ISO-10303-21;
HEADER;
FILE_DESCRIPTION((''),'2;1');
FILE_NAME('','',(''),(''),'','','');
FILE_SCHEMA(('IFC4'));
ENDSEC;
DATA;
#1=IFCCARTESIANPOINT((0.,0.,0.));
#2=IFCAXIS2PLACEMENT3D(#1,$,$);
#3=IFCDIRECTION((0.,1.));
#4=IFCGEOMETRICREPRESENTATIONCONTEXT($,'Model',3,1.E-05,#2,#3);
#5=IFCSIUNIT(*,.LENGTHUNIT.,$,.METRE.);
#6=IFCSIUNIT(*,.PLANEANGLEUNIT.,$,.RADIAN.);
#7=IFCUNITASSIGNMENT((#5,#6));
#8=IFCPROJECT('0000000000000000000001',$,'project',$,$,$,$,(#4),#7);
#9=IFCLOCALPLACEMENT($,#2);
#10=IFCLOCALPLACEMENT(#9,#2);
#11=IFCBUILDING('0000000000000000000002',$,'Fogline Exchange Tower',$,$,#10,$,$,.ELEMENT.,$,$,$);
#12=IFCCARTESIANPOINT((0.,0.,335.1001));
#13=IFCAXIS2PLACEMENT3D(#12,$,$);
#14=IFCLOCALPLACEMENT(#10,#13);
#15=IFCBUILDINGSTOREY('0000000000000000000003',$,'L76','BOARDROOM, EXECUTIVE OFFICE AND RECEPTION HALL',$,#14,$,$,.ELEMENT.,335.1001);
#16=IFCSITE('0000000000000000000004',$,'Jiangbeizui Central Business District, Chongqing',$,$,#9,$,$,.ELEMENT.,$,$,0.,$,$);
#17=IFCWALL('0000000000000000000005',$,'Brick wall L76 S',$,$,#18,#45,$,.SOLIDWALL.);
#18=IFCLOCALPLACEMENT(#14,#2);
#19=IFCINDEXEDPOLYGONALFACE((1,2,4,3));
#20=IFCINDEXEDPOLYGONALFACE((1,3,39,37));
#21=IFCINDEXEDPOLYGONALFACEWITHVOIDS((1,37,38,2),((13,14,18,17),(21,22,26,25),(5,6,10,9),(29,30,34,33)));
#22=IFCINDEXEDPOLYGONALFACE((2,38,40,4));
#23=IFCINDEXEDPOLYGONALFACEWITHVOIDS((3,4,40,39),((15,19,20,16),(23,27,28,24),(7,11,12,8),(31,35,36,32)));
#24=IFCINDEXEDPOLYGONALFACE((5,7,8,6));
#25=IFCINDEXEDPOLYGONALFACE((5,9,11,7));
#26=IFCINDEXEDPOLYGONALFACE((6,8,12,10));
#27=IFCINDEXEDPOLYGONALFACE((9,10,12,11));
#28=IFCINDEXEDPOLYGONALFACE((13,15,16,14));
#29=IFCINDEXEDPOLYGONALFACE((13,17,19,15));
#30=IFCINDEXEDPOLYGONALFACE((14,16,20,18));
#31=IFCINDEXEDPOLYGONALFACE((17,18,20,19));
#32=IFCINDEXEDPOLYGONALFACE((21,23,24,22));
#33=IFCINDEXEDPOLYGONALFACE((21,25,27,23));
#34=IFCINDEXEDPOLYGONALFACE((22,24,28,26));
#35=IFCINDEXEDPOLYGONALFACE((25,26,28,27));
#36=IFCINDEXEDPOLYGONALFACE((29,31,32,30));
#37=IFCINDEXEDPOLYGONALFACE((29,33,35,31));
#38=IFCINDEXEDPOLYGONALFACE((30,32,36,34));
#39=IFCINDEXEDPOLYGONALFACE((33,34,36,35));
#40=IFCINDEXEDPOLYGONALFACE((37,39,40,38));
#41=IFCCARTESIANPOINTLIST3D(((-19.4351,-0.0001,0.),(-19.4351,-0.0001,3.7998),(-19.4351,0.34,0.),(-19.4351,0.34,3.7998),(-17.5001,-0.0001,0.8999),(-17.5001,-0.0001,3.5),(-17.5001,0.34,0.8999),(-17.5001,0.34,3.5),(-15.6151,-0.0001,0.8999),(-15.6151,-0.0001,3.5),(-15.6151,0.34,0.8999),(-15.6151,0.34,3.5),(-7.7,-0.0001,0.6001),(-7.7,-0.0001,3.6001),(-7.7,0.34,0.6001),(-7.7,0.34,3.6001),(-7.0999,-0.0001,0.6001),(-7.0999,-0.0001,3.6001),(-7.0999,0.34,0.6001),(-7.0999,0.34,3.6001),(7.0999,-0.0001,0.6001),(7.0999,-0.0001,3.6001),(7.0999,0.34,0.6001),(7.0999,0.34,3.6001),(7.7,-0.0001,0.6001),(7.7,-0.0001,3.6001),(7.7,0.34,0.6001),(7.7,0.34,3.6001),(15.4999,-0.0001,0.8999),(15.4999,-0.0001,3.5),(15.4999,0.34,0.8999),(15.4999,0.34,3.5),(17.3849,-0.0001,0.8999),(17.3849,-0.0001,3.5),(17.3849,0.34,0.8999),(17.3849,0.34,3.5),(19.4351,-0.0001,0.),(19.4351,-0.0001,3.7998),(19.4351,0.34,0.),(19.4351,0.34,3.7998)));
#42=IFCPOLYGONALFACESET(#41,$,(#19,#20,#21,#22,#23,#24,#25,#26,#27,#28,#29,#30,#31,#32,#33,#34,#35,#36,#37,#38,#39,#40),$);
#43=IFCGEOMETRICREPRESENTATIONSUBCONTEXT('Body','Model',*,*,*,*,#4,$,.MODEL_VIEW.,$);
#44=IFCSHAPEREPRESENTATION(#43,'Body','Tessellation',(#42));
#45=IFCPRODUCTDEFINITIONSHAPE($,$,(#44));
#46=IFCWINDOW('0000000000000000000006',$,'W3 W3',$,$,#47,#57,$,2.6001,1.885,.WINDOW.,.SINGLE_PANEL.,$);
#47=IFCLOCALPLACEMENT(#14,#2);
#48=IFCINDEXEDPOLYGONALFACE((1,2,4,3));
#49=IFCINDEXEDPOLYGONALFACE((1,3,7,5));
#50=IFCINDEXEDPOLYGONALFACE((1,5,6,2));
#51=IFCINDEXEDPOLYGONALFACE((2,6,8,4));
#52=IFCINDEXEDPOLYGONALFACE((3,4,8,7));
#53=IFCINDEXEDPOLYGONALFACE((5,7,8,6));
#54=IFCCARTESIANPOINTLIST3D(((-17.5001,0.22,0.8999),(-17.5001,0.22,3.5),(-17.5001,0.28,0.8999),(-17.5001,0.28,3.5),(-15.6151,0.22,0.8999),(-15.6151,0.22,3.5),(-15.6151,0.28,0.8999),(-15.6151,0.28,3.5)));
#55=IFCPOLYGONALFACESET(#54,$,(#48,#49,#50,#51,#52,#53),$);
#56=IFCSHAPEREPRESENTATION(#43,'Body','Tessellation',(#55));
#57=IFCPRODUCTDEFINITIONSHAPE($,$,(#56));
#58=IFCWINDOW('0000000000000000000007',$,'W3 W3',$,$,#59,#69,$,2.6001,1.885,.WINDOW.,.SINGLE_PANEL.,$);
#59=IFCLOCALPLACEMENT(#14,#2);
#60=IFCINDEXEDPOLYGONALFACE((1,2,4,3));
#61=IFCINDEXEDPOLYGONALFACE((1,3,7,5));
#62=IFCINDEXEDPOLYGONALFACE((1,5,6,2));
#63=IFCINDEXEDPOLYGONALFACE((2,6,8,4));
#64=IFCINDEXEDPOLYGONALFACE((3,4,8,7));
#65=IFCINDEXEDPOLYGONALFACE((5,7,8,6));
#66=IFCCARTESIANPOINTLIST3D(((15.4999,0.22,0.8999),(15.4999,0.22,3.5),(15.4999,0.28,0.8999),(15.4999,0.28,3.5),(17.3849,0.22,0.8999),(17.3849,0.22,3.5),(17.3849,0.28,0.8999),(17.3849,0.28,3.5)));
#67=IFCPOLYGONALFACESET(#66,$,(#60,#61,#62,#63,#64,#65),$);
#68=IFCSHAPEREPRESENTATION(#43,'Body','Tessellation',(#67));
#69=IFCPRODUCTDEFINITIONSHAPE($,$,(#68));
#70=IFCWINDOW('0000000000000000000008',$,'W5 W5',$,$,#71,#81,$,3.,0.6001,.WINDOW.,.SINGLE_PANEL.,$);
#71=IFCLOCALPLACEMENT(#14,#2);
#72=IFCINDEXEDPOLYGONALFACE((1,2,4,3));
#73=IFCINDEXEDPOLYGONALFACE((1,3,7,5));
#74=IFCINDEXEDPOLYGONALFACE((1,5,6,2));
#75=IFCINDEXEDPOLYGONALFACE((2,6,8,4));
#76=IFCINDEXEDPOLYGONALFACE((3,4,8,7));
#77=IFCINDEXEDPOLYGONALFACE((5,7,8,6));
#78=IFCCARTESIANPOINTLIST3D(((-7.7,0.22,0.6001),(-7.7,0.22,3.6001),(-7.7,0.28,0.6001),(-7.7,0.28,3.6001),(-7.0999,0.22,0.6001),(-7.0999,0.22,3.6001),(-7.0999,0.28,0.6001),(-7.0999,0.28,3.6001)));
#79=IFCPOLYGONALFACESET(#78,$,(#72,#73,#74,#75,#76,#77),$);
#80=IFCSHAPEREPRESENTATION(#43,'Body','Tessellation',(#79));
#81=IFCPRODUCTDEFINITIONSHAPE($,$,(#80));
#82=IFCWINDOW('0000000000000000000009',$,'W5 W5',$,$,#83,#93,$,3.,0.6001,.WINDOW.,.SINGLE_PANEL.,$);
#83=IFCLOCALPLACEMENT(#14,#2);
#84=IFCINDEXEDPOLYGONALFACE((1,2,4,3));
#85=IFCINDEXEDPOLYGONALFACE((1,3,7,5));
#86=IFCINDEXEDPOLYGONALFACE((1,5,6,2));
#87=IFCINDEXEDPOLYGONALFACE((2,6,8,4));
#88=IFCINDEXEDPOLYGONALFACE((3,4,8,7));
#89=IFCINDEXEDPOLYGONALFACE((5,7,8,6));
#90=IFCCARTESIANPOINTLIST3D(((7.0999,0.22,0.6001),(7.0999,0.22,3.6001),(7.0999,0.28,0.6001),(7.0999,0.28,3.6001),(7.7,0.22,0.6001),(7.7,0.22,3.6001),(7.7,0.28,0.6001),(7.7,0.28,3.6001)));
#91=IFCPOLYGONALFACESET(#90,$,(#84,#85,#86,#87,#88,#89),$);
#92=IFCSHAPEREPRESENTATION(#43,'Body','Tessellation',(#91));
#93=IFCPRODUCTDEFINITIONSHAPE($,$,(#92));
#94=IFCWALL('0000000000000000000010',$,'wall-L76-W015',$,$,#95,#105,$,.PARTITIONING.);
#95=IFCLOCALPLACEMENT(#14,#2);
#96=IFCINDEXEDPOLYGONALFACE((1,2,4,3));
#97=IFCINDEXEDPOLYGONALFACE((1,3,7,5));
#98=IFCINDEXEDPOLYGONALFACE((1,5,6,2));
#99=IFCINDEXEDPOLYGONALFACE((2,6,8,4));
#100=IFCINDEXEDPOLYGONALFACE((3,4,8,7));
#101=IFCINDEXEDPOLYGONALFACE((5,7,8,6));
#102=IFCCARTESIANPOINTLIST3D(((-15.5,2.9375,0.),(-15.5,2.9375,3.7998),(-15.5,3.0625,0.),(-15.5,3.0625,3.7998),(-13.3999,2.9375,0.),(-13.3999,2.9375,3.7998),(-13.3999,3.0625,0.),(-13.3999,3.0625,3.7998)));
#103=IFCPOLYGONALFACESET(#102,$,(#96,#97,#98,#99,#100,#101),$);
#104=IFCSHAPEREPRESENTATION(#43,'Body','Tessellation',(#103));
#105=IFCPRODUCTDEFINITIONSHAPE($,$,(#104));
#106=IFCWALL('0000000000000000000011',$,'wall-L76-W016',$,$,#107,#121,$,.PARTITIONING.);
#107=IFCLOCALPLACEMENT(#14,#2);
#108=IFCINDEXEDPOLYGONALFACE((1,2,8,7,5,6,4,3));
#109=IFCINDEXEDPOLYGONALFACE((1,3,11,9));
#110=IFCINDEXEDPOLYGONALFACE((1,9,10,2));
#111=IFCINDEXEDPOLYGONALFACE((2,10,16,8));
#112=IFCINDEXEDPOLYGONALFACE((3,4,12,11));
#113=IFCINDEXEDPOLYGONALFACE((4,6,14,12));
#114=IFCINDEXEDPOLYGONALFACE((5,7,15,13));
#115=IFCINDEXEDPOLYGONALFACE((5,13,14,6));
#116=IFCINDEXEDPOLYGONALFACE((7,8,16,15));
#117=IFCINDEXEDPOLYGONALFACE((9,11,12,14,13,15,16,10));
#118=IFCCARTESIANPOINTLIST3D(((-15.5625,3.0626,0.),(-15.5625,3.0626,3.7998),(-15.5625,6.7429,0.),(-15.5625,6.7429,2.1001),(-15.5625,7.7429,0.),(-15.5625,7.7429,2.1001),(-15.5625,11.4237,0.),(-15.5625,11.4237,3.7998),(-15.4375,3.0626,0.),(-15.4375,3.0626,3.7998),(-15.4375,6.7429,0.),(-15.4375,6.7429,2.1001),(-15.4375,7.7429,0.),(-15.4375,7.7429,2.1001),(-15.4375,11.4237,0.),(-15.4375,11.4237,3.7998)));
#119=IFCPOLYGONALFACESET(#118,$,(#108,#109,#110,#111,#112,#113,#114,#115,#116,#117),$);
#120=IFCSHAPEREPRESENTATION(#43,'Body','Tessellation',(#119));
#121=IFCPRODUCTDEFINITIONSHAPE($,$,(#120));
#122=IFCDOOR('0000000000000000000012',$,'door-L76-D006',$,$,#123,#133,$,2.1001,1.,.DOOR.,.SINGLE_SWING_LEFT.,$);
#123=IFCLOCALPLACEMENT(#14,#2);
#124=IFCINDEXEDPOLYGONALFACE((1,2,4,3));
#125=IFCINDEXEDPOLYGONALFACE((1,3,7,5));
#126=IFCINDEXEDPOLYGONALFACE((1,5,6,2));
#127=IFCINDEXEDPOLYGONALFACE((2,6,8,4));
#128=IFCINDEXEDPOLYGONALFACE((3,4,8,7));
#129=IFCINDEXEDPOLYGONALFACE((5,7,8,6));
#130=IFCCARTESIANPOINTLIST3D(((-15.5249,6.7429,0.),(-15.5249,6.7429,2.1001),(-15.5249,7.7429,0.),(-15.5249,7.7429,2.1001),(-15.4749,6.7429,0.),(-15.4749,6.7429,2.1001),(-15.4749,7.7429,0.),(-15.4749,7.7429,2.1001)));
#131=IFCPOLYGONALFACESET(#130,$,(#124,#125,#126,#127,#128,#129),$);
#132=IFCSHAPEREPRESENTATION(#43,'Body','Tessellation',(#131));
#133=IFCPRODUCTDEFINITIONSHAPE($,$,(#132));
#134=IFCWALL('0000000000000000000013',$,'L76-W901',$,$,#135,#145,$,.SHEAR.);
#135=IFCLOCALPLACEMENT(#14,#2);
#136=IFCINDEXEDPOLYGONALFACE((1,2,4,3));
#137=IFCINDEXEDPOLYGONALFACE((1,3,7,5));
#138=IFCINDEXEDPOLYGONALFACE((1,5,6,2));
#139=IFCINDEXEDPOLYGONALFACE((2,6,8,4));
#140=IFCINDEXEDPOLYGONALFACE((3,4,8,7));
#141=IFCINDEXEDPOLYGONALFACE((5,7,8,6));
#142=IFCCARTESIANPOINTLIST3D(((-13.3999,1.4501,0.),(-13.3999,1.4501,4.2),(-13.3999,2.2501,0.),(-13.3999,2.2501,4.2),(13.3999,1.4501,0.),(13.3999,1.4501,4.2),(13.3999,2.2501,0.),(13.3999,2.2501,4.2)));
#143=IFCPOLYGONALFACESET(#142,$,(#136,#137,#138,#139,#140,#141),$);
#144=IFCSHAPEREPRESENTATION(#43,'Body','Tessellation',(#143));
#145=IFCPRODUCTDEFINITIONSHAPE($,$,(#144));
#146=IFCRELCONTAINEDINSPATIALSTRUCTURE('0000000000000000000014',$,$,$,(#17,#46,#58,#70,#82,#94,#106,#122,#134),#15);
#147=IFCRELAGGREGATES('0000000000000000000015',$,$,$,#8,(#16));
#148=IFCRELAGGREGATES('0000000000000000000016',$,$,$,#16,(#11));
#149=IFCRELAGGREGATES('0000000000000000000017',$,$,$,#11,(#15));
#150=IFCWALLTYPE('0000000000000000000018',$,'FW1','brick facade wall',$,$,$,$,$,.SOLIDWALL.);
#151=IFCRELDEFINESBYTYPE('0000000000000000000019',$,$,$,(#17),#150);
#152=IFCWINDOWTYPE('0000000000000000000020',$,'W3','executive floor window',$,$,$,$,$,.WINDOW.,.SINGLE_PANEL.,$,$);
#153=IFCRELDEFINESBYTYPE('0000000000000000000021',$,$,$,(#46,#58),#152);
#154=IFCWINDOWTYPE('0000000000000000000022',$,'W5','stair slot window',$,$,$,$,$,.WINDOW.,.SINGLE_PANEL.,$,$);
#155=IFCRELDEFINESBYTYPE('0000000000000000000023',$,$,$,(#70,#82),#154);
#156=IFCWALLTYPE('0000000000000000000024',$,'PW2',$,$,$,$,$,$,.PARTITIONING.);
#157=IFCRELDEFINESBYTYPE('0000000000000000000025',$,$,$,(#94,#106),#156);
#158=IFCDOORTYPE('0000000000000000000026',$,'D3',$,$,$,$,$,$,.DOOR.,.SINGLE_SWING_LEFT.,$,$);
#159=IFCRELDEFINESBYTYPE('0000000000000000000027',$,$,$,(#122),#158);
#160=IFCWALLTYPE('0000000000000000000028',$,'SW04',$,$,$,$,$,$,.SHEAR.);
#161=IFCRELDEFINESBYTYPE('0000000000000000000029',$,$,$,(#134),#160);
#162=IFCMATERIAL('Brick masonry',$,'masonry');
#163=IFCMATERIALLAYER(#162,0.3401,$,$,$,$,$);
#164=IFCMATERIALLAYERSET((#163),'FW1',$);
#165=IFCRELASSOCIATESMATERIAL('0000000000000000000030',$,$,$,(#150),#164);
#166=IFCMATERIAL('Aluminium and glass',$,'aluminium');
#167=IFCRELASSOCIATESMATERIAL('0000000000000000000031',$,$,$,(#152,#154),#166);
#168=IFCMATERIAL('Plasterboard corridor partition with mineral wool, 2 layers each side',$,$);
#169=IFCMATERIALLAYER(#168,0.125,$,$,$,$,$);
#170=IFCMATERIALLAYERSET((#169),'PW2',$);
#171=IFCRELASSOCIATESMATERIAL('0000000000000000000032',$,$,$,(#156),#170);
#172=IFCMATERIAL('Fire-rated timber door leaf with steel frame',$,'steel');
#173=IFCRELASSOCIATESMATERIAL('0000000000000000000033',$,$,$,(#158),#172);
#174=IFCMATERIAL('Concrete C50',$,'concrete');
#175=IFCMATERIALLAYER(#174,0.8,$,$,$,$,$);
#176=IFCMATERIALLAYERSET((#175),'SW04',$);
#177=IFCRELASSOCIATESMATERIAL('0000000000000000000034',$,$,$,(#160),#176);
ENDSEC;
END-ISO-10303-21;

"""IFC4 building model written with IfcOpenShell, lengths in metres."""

from ifc_helpers import new_model, si_unit, direction, frame, frame_2d, origin, place, context, subcontext, project, spatial, rectangle, extrude, material, layer, layer_set, type_object, element, fill, save


model = new_model("IFC4")

# Units and contexts
model_context = context("Model", 3, precision=1e-05, world=origin(), true_north=direction((0.0, 1.0)))
body_context = subcontext(model_context, "Body", "Model", "MODEL_VIEW")
ifc_project = project(units=[si_unit("LENGTHUNIT", "METRE"), si_unit("PLANEANGLEUNIT", "RADIAN")], contexts=[model_context])

# Site, building, storey
site_placement = place(None, origin())
site = spatial("IfcSite", under=ifc_project, at=site_placement, Name="Jiangbeizui Central Business District, Chongqing", CompositionType="ELEMENT", RefElevation=0.0)
building_placement = place(site_placement, origin())
building = spatial("IfcBuilding", under=site, at=building_placement, Name="Fogline Exchange Tower", CompositionType="ELEMENT")
storey_placement = place(building_placement, frame((0.0, 0.0, 335.1001)))
storey = spatial("IfcBuildingStorey", under=building, at=storey_placement, Name="L76", Description="BOARDROOM, EXECUTIVE OFFICE AND RECEPTION HALL", CompositionType="ELEMENT", Elevation=335.1001)

# Wall, openings, windows
ifc_material_1 = material(Name="Brick masonry", Category="masonry")
ifc_layer_1 = layer(ifc_material_1, 0.3401)
ifc_layer_set_1 = layer_set([ifc_layer_1], Name="FW1")
wall_type_1 = type_object("IfcWallType", Name="FW1", Description="brick facade wall", PredefinedType="SOLIDWALL", material=ifc_layer_set_1)
wall_1_placement = place(storey_placement, frame((-19.4351, 0.1699, 0.0), z_axis=(0.0, 0.0, 1.0), x_axis=(1.0, 0.0, 0.0)))
wall_1 = element("IfcWall", 1, at=wall_1_placement, inside=storey, type_object=wall_type_1, Name="Brick wall L76 S", PredefinedType="SOLIDWALL", context=body_context, shape_type="SweptSolid", body=[
    extrude(rectangle(XDim=38.8701, YDim=0.3401, at=frame_2d((19.4351, 0.0))), origin(), (0.0, 0.0, 1.0), 3.7998),
])
opening_1_placement = place(wall_1_placement, frame((1.9351, 0.0, 0.8999)))
opening_1 = element("IfcOpeningElement", 2, at=opening_1_placement, cuts=wall_1, PredefinedType="OPENING", context=body_context, shape_type="SweptSolid", body=[
    extrude(rectangle(XDim=1.885, YDim=2.6001, at=frame_2d((0.9424, 1.3))), frame((0.0, 0.1802, 0.0), z_axis=(0.0, -1.0, 0.0), x_axis=(1.0, 0.0, 0.0)), (0.0, 0.0, 1.0), 0.3601),
])
opening_2_placement = place(wall_1_placement, frame((34.9351, 0.0, 0.8999)))
opening_2 = element("IfcOpeningElement", 3, at=opening_2_placement, cuts=wall_1, PredefinedType="OPENING", context=body_context, shape_type="SweptSolid", body=[
    extrude(rectangle(XDim=1.885, YDim=2.6001, at=frame_2d((0.9424, 1.3))), frame((0.0, 0.1802, 0.0), z_axis=(0.0, -1.0, 0.0), x_axis=(1.0, 0.0, 0.0)), (0.0, 0.0, 1.0), 0.3601),
])
opening_3_placement = place(wall_1_placement, frame((11.7351, 0.0, 0.6001)))
opening_3 = element("IfcOpeningElement", 4, at=opening_3_placement, cuts=wall_1, PredefinedType="OPENING", context=body_context, shape_type="SweptSolid", body=[
    extrude(rectangle(XDim=0.6001, YDim=3.0, at=frame_2d((0.3, 1.5))), frame((0.0, 0.1802, 0.0), z_axis=(0.0, -1.0, 0.0), x_axis=(1.0, 0.0, 0.0)), (0.0, 0.0, 1.0), 0.3601),
])
opening_4_placement = place(wall_1_placement, frame((26.5349, 0.0, 0.6001)))
opening_4 = element("IfcOpeningElement", 5, at=opening_4_placement, cuts=wall_1, PredefinedType="OPENING", context=body_context, shape_type="SweptSolid", body=[
    extrude(rectangle(XDim=0.6001, YDim=3.0, at=frame_2d((0.3, 1.5))), frame((0.0, 0.1802, 0.0), z_axis=(0.0, -1.0, 0.0), x_axis=(1.0, 0.0, 0.0)), (0.0, 0.0, 1.0), 0.3601),
])
ifc_material_2 = material(Name="Aluminium and glass", Category="aluminium")
window_type_1 = type_object("IfcWindowType", Name="W3", Description="executive floor window", PartitioningType="SINGLE_PANEL", PredefinedType="WINDOW", material=ifc_material_2)
window_1_placement = place(opening_1_placement, origin())
window_1 = element("IfcWindow", 6, at=window_1_placement, inside=storey, type_object=window_type_1, Name="W3 W3", OverallHeight=2.6001, OverallWidth=1.885, PartitioningType="SINGLE_PANEL", PredefinedType="WINDOW", context=body_context, shape_type="SweptSolid", body=[
    extrude(rectangle(XDim=1.885, YDim=2.6001, at=frame_2d((0.9424, 1.3))), frame((0.0, 0.1101, 0.0), z_axis=(0.0, -1.0, 0.0), x_axis=(1.0, 0.0, 0.0)), (0.0, 0.0, 1.0), 0.0601),
])
fill(opening_1, window_1)
window_2_placement = place(opening_2_placement, origin())
window_2 = element("IfcWindow", 7, at=window_2_placement, inside=storey, type_object=window_type_1, Name="W3 W3", OverallHeight=2.6001, OverallWidth=1.885, PartitioningType="SINGLE_PANEL", PredefinedType="WINDOW", context=body_context, shape_type="SweptSolid", body=[
    extrude(rectangle(XDim=1.885, YDim=2.6001, at=frame_2d((0.9424, 1.3))), frame((0.0, 0.1101, 0.0), z_axis=(0.0, -1.0, 0.0), x_axis=(1.0, 0.0, 0.0)), (0.0, 0.0, 1.0), 0.0601),
])
fill(opening_2, window_2)
window_type_2 = type_object("IfcWindowType", Name="W5", Description="stair slot window", PartitioningType="SINGLE_PANEL", PredefinedType="WINDOW", material=ifc_material_2)
window_3_placement = place(opening_3_placement, origin())
window_3 = element("IfcWindow", 8, at=window_3_placement, inside=storey, type_object=window_type_2, Name="W5 W5", OverallHeight=3.0, OverallWidth=0.6001, PartitioningType="SINGLE_PANEL", PredefinedType="WINDOW", context=body_context, shape_type="SweptSolid", body=[
    extrude(rectangle(XDim=0.6001, YDim=3.0, at=frame_2d((0.3, 1.5))), frame((0.0, 0.1101, 0.0), z_axis=(0.0, -1.0, 0.0), x_axis=(1.0, 0.0, 0.0)), (0.0, 0.0, 1.0), 0.0601),
])
fill(opening_3, window_3)
window_4_placement = place(opening_4_placement, origin())
window_4 = element("IfcWindow", 9, at=window_4_placement, inside=storey, type_object=window_type_2, Name="W5 W5", OverallHeight=3.0, OverallWidth=0.6001, PartitioningType="SINGLE_PANEL", PredefinedType="WINDOW", context=body_context, shape_type="SweptSolid", body=[
    extrude(rectangle(XDim=0.6001, YDim=3.0, at=frame_2d((0.3, 1.5))), frame((0.0, 0.1101, 0.0), z_axis=(0.0, -1.0, 0.0), x_axis=(1.0, 0.0, 0.0)), (0.0, 0.0, 1.0), 0.0601),
])
fill(opening_4, window_4)

# Wall
ifc_material_3 = material(Name="Plasterboard corridor partition with mineral wool, 2 layers each side")
ifc_layer_2 = layer(ifc_material_3, 0.125)
ifc_layer_set_2 = layer_set([ifc_layer_2], Name="PW2")
wall_type_2 = type_object("IfcWallType", Name="PW2", PredefinedType="PARTITIONING", material=ifc_layer_set_2)
wall_2_placement = place(storey_placement, frame((-13.3999, 3.0, 0.0), z_axis=(0.0, 0.0, 1.0), x_axis=(-1.0, 0.0, 0.0)))
element("IfcWall", 10, at=wall_2_placement, inside=storey, type_object=wall_type_2, Name="wall-L76-W015", PredefinedType="PARTITIONING", context=body_context, shape_type="SweptSolid", body=[
    extrude(rectangle(XDim=2.1001, YDim=0.125, at=frame_2d((1.05, 0.0))), origin(), (0.0, 0.0, 1.0), 3.7998),
])

# Wall, opening, door
wall_3_placement = place(storey_placement, frame((-15.5, 3.0625, 0.0), z_axis=(0.0, 0.0, 1.0), x_axis=(0.0, 1.0, 0.0)))
wall_3 = element("IfcWall", 11, at=wall_3_placement, inside=storey, type_object=wall_type_2, Name="wall-L76-W016", PredefinedType="PARTITIONING", context=body_context, shape_type="SweptSolid", body=[
    extrude(rectangle(XDim=8.3611, YDim=0.125, at=frame_2d((4.1807, 0.0))), origin(), (0.0, 0.0, 1.0), 3.7998),
])
opening_5_placement = place(wall_3_placement, frame((3.6804, 0.0, 0.0)))
opening_5 = element("IfcOpeningElement", 12, at=opening_5_placement, cuts=wall_3, PredefinedType="OPENING", context=body_context, shape_type="SweptSolid", body=[
    extrude(rectangle(XDim=1.0, YDim=2.1001, at=frame_2d((0.5, 1.05))), frame((0.0, 0.0725, 0.0), z_axis=(0.0, -1.0, 0.0), x_axis=(1.0, 0.0, 0.0)), (0.0, 0.0, 1.0), 0.145),
])
ifc_material_4 = material(Name="Fire-rated timber door leaf with steel frame", Category="steel")
door_type = type_object("IfcDoorType", Name="D3", OperationType="SINGLE_SWING_LEFT", PredefinedType="DOOR", material=ifc_material_4)
door_placement = place(opening_5_placement, origin())
door = element("IfcDoor", 13, at=door_placement, inside=storey, type_object=door_type, Name="door-L76-D006", OperationType="SINGLE_SWING_LEFT", OverallHeight=2.1001, OverallWidth=1.0, PredefinedType="DOOR", context=body_context, shape_type="SweptSolid", body=[
    extrude(rectangle(XDim=1.0, YDim=2.1001, at=frame_2d((0.5, 1.05))), frame((0.0, 0.0249, 0.0), z_axis=(0.0, -1.0, 0.0), x_axis=(1.0, 0.0, 0.0)), (0.0, 0.0, 1.0), 0.05),
])
fill(opening_5, door)

# Wall
ifc_material_5 = material(Name="Concrete C50", Category="concrete")
ifc_layer_3 = layer(ifc_material_5, 0.8)
ifc_layer_set_3 = layer_set([ifc_layer_3], Name="SW04")
wall_type_3 = type_object("IfcWallType", Name="SW04", PredefinedType="SHEAR", material=ifc_layer_set_3)
wall_4_placement = place(storey_placement, frame((-13.3999, 1.8501, 0.0), z_axis=(0.0, 0.0, 1.0), x_axis=(1.0, 0.0, 0.0)))
element("IfcWall", 14, at=wall_4_placement, inside=storey, type_object=wall_type_3, Name="L76-W901", PredefinedType="SHEAR", context=body_context, shape_type="SweptSolid", body=[
    extrude(rectangle(XDim=26.7998, YDim=0.8, at=frame_2d((13.3999, 0.0))), origin(), (0.0, 0.0, 1.0), 4.2),
])

save(model, "model.ifc")
